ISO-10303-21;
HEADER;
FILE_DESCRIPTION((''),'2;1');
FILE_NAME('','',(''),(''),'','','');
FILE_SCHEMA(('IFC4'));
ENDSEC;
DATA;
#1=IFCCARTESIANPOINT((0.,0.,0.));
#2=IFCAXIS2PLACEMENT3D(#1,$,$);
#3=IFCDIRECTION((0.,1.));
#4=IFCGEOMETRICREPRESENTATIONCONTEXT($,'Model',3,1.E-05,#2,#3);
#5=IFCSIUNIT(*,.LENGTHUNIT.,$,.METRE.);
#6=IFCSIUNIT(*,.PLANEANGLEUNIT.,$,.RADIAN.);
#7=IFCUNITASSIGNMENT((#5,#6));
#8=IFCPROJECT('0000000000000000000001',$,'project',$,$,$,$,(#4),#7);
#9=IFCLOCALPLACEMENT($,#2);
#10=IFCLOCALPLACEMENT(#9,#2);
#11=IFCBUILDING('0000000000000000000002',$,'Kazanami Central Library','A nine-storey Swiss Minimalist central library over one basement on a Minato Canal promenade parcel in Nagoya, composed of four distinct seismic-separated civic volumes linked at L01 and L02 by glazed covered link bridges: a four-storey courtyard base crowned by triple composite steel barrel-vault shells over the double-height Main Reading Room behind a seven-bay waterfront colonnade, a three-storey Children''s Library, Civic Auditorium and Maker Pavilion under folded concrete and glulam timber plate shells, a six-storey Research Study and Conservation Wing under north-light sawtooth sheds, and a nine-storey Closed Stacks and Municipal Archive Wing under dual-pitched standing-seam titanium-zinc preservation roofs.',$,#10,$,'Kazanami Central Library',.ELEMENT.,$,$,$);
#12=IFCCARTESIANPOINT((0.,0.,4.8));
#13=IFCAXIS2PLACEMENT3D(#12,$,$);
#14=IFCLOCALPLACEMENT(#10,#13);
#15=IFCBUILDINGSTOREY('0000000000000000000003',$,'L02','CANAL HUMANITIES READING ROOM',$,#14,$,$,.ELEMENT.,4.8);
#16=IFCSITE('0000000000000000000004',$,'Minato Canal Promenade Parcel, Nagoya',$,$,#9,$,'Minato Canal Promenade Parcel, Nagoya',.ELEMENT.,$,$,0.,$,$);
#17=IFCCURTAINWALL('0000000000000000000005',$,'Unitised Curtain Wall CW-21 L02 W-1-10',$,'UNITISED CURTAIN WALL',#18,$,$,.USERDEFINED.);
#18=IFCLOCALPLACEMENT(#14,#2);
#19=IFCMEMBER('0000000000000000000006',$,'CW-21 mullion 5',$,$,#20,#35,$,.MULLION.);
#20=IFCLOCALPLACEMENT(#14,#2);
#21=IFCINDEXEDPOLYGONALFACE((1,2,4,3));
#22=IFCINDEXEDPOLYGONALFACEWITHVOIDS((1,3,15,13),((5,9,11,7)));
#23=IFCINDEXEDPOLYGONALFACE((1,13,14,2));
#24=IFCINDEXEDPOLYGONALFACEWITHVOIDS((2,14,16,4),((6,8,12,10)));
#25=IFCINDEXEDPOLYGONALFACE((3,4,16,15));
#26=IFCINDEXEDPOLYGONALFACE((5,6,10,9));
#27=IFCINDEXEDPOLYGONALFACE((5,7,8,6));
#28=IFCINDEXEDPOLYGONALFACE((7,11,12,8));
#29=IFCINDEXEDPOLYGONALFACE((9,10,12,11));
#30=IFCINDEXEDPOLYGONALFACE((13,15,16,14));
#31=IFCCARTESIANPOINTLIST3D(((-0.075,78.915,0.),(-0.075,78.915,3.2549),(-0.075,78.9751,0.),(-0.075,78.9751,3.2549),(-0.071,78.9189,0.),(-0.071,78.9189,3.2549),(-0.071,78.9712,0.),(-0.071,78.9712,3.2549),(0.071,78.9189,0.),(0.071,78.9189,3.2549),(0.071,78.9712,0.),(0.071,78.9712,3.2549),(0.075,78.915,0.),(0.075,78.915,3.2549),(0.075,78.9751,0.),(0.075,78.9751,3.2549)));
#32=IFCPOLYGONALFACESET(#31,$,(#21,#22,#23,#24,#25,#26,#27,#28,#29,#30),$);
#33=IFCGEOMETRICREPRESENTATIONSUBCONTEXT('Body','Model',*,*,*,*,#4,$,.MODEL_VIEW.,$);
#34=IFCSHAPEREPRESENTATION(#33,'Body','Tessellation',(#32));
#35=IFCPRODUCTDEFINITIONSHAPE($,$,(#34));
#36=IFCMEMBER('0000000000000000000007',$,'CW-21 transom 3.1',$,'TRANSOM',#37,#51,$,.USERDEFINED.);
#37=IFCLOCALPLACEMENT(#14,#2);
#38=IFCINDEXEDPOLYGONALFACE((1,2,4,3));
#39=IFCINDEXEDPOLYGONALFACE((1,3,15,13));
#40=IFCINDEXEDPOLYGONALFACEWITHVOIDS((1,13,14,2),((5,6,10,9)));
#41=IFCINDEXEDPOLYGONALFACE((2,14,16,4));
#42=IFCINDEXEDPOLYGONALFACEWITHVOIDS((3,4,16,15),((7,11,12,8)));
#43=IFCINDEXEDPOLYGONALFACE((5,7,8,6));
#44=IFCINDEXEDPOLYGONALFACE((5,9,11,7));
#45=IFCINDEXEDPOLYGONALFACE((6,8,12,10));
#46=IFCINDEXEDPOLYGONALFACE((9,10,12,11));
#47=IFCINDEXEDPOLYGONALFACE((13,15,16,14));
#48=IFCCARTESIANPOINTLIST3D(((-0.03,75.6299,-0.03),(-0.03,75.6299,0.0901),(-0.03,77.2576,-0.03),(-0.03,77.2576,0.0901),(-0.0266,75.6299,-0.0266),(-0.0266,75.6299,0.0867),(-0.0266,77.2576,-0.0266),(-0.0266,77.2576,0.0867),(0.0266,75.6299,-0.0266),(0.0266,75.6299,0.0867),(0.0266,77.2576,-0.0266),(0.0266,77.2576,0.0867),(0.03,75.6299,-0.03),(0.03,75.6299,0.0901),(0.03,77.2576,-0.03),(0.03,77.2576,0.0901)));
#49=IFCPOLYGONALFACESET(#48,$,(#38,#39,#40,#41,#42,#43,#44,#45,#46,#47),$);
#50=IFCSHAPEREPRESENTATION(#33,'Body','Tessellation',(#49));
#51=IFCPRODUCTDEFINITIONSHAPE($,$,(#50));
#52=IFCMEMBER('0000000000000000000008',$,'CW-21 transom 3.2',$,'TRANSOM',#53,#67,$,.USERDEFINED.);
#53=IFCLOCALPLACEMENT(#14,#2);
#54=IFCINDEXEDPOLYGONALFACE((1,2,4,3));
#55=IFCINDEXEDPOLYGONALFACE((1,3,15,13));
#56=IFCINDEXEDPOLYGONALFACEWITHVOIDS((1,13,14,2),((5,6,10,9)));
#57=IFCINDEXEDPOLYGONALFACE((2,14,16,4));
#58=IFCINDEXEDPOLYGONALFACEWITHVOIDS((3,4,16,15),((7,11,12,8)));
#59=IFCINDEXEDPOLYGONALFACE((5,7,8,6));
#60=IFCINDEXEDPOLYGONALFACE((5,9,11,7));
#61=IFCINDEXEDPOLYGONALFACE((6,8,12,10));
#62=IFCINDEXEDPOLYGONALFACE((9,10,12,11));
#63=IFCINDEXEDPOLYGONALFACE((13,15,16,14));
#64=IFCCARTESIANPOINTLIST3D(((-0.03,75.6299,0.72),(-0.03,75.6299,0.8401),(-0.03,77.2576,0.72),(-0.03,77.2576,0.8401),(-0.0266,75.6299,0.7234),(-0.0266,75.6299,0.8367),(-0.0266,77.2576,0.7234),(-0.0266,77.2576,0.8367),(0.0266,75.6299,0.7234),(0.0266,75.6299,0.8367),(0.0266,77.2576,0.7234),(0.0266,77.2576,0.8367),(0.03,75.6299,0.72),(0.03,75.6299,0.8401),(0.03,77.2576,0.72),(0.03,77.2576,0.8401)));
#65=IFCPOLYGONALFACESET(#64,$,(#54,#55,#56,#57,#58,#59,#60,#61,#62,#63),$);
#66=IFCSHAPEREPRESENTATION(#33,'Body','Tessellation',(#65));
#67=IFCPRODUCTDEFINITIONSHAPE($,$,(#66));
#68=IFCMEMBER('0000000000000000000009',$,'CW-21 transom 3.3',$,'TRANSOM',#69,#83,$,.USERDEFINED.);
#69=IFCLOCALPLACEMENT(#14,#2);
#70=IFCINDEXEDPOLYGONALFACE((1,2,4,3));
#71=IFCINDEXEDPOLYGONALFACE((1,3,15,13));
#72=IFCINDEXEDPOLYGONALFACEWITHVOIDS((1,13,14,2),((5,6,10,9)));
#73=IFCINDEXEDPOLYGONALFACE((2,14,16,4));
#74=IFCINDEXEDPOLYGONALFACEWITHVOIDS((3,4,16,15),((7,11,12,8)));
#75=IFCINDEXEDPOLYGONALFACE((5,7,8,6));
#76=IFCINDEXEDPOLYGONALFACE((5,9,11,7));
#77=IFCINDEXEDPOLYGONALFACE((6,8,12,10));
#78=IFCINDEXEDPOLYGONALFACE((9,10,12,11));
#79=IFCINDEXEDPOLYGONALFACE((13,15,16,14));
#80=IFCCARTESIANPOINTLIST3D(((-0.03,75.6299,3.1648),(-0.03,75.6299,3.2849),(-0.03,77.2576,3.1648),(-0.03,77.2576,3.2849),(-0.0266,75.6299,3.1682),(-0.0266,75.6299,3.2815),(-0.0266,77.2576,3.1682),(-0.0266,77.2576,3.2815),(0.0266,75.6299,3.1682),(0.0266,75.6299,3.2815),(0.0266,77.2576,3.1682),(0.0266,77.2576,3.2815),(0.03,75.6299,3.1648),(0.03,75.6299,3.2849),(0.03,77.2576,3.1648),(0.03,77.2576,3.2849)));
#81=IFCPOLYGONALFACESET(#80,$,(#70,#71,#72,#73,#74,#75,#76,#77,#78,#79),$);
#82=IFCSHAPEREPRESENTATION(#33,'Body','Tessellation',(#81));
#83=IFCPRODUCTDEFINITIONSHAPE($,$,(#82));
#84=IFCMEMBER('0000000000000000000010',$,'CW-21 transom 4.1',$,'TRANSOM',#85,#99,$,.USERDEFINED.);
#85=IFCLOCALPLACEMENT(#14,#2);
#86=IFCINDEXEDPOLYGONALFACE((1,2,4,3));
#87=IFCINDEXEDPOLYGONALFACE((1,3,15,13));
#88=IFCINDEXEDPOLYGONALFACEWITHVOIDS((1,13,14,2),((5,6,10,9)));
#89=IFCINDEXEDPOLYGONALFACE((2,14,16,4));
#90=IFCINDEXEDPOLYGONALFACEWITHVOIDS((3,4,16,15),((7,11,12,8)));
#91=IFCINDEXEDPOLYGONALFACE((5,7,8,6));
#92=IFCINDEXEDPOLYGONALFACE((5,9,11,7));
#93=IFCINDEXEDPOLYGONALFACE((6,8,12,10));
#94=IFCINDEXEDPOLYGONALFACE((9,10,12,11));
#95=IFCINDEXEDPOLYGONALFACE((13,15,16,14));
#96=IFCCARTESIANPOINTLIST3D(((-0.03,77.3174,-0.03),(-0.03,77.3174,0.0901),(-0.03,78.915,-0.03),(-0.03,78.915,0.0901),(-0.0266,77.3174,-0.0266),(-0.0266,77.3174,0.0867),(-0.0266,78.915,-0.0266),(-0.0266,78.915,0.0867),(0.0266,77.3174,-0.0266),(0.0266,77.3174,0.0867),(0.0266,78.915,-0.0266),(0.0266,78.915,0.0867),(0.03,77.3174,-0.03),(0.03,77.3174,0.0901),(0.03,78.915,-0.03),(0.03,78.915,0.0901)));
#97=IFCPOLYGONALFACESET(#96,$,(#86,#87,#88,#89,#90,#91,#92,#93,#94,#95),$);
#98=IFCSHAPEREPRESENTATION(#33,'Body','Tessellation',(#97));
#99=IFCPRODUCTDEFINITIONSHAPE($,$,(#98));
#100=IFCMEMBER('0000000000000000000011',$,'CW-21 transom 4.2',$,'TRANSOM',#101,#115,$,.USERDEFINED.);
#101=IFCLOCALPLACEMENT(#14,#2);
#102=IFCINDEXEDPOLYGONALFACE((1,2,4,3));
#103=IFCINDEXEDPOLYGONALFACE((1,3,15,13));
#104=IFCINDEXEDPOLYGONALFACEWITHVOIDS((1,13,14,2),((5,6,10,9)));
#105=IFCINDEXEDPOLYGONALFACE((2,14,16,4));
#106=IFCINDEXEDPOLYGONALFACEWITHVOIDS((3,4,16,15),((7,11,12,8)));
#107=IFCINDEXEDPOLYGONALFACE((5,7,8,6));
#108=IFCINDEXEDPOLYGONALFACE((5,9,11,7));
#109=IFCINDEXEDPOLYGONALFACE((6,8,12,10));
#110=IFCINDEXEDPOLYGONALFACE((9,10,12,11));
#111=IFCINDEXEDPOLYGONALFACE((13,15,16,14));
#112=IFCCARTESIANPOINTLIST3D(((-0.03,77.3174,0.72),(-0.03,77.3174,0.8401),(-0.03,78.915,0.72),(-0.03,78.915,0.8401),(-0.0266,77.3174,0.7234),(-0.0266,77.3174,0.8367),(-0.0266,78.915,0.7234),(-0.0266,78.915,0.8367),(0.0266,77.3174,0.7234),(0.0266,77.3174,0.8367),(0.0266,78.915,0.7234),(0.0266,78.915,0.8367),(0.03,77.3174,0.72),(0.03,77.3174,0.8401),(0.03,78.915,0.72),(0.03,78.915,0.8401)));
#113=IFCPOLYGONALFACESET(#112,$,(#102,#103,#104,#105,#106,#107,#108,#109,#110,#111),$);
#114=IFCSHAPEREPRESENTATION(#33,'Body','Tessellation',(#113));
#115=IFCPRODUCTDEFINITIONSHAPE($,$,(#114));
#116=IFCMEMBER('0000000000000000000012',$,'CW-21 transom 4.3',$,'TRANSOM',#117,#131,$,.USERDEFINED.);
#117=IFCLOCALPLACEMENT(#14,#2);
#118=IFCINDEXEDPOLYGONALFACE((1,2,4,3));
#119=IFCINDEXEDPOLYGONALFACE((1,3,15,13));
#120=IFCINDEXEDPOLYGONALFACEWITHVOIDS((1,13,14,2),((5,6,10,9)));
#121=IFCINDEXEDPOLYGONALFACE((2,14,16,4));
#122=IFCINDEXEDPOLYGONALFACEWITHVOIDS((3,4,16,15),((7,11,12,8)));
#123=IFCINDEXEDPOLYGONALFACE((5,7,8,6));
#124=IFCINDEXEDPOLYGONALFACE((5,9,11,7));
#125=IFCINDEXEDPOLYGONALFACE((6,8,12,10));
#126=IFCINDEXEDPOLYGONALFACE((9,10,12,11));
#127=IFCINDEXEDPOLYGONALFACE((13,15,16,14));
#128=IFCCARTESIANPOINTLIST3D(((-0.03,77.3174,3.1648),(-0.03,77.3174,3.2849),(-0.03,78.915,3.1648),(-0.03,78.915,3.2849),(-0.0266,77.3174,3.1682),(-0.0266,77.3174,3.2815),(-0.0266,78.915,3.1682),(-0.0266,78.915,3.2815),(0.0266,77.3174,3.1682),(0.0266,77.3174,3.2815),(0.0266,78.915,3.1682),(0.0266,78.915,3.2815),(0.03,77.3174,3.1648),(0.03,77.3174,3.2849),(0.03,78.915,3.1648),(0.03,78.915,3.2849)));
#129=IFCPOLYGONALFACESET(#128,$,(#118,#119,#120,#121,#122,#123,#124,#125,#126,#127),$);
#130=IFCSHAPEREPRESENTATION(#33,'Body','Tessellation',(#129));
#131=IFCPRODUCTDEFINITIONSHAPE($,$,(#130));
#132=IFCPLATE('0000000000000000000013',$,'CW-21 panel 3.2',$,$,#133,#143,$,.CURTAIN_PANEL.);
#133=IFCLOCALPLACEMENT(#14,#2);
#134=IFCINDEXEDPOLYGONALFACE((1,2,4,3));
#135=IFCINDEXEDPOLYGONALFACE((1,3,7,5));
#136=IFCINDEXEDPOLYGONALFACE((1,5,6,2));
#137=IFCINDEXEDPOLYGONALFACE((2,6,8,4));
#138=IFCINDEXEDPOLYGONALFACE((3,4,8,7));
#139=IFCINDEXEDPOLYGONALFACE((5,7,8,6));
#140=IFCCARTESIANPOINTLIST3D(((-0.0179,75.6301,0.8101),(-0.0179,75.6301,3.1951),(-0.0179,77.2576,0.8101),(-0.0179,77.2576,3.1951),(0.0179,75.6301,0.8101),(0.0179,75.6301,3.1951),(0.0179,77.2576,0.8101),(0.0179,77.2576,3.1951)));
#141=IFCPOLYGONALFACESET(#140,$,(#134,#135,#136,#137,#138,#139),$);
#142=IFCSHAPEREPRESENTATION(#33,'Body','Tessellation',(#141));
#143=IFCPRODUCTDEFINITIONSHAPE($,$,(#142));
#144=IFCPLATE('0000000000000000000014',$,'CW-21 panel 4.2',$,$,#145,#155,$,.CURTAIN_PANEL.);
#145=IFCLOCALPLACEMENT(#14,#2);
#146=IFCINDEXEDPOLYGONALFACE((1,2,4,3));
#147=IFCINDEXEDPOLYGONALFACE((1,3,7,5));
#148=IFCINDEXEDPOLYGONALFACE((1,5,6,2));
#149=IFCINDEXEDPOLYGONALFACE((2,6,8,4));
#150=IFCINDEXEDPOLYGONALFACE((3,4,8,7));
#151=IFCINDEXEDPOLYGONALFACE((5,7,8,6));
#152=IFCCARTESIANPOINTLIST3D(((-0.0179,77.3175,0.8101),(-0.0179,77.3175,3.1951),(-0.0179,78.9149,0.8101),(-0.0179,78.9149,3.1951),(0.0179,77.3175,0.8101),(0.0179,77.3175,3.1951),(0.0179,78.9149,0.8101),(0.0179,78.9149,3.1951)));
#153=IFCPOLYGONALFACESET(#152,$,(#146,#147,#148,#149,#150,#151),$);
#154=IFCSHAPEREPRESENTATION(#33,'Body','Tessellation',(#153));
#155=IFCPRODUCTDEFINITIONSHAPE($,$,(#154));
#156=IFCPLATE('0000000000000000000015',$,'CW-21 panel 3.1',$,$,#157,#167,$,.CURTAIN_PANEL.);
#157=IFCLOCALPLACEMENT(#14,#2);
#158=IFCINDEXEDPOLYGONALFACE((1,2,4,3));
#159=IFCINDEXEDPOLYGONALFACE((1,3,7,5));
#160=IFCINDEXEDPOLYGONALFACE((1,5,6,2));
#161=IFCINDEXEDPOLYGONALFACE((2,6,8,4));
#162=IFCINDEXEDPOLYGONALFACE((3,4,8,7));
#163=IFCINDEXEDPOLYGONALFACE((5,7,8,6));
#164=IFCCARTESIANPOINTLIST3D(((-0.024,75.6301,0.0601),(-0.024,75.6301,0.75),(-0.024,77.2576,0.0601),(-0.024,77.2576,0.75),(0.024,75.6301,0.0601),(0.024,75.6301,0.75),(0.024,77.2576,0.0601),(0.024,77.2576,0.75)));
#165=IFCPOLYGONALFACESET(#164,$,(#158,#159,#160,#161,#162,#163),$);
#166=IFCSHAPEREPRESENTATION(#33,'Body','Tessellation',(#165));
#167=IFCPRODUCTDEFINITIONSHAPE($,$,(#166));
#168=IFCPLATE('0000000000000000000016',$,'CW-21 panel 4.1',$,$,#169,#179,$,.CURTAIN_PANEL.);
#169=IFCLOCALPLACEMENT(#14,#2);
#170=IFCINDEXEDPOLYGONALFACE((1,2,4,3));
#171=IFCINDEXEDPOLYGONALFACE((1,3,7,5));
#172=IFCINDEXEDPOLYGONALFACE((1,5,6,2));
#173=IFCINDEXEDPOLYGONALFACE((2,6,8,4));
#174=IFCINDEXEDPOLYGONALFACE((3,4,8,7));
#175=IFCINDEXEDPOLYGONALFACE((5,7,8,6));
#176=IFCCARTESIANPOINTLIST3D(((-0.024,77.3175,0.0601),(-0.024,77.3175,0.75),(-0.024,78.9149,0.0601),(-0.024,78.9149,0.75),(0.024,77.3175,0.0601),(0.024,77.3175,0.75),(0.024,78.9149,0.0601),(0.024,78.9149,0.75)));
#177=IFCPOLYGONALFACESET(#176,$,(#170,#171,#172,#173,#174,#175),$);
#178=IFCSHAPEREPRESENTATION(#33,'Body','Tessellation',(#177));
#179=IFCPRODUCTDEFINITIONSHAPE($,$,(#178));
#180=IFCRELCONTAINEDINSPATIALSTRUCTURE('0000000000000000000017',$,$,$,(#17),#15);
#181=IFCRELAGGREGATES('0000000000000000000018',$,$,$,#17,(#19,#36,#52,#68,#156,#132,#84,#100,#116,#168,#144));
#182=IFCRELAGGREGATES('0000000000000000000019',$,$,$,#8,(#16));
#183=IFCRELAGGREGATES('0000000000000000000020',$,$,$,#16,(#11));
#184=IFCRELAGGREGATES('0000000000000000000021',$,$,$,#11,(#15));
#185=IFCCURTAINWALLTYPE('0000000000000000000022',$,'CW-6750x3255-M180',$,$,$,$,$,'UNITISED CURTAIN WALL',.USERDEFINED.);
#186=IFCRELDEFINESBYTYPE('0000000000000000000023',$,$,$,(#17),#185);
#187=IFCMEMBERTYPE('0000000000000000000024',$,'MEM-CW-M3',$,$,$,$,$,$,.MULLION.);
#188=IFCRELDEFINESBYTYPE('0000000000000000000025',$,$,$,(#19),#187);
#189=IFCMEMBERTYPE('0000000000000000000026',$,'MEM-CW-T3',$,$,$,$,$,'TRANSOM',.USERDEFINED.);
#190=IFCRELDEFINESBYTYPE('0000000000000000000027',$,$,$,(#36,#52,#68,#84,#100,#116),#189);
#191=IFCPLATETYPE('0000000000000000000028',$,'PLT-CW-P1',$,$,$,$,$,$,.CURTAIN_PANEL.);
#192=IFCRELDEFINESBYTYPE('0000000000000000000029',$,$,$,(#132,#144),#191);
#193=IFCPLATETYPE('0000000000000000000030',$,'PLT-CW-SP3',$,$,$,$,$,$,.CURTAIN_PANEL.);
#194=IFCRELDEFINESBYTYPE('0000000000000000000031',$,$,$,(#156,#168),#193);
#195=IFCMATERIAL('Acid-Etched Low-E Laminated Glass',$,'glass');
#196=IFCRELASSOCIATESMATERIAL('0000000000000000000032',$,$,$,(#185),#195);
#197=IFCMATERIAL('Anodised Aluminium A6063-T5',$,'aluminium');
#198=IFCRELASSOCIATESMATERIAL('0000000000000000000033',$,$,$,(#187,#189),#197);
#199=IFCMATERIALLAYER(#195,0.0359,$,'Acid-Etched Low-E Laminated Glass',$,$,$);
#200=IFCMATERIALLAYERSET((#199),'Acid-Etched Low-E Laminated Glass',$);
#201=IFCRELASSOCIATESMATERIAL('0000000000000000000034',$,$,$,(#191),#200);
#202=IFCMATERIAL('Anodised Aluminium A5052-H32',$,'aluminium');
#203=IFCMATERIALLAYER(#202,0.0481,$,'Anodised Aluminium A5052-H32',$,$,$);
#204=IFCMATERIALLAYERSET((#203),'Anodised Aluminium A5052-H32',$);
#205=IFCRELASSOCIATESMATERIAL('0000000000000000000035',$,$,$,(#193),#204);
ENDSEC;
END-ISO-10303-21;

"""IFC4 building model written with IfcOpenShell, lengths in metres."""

from ifc_helpers import new_model, si_unit, direction, frame, origin, origin_2d, place, context, subcontext, project, spatial, rectangle, hollow_rectangle, extrude, material, layer, layer_set, material_profile, profile_set, type_object, element, aggregate, save


model = new_model("IFC4")

# Units and contexts
model_context = context("Model", 3, precision=1e-05, world=origin(), true_north=direction((0.0, 1.0)))
body_context = subcontext(model_context, "Body", "Model", "MODEL_VIEW")
ifc_project = project(units=[si_unit("LENGTHUNIT", "METRE"), si_unit("PLANEANGLEUNIT", "RADIAN")], contexts=[model_context])

# Site, building, storey
site_placement = place(None, origin())
site = spatial("IfcSite", under=ifc_project, at=site_placement, Name="Minato Canal Promenade Parcel, Nagoya", LongName="Minato Canal Promenade Parcel, Nagoya", CompositionType="ELEMENT", RefElevation=0.0)
building_placement = place(site_placement, origin())
building = spatial("IfcBuilding", under=site, at=building_placement, Name="Kazanami Central Library", Description="A nine-storey Swiss Minimalist central library over one basement on a Minato Canal promenade parcel in Nagoya, composed of four distinct seismic-separated civic volumes linked at L01 and L02 by glazed covered link bridges: a four-storey courtyard base crowned by triple composite steel barrel-vault shells over the double-height Main Reading Room behind a seven-bay waterfront colonnade, a three-storey Children's Library, Civic Auditorium and Maker Pavilion under folded concrete and glulam timber plate shells, a six-storey Research Study and Conservation Wing under north-light sawtooth sheds, and a nine-storey Closed Stacks and Municipal Archive Wing under dual-pitched standing-seam titanium-zinc preservation roofs.", LongName="Kazanami Central Library", CompositionType="ELEMENT")
storey_placement = place(building_placement, frame((0.0, 0.0, 4.8)))
storey = spatial("IfcBuildingStorey", under=building, at=storey_placement, Name="L02", Description="CANAL HUMANITIES READING ROOM", CompositionType="ELEMENT", Elevation=4.8)

# Curtain wall, members, plates
ifc_material_1 = material(Name="Acid-Etched Low-E Laminated Glass", Category="glass")
curtain_wall_type = type_object("IfcCurtainWallType", Name="CW-6750x3255-M180", ElementType="UNITISED CURTAIN WALL", PredefinedType="USERDEFINED", material=ifc_material_1)
curtain_wall_placement = place(storey_placement, origin())
curtain_wall = element("IfcCurtainWall", 1, at=curtain_wall_placement, inside=storey, type_object=curtain_wall_type, Name="Unitised Curtain Wall CW-21 L02 W-1-10", ObjectType="UNITISED CURTAIN WALL", PredefinedType="USERDEFINED")
ifc_material_2 = material(Name="Anodised Aluminium A6063-T5", Category="aluminium")
ifc_material_profile_1 = material_profile(ifc_material_2, hollow_rectangle(XDim=0.0601, YDim=0.1499, WallThickness=0.0039, at=origin_2d()), Name="ALU-MULL-60x150x4")
ifc_profile_set_1 = profile_set([ifc_material_profile_1], Name="Anodised Aluminium A6063-T5")
member_type_1 = type_object("IfcMemberType", Name="MEM-CW-M3", PredefinedType="MULLION", material=ifc_profile_set_1)
member_1_placement = place(storey_placement, frame((0.0, 78.9451, 0.0), z_axis=(0.0, 0.0, 1.0), x_axis=(0.0, 1.0, 0.0)))
member_1 = element("IfcMember", 2, at=member_1_placement, type_object=member_type_1, Name="CW-21 mullion 5", PredefinedType="MULLION", context=body_context, shape_type="SweptSolid", body=[
    extrude(hollow_rectangle(XDim=0.0601, YDim=0.1499, WallThickness=0.0039, at=origin_2d()), origin(), (0.0, 0.0, 1.0), 3.2549),
])
ifc_material_profile_2 = material_profile(ifc_material_2, hollow_rectangle(XDim=0.0601, YDim=0.1201, WallThickness=0.0034, at=origin_2d()), Name="ALU-TRAN-60x120x3.5")
ifc_profile_set_2 = profile_set([ifc_material_profile_2], Name="Anodised Aluminium A6063-T5")
member_type_2 = type_object("IfcMemberType", Name="MEM-CW-T3", ElementType="TRANSOM", PredefinedType="USERDEFINED", material=ifc_profile_set_2)
member_2_placement = place(storey_placement, frame((0.0, 75.6299, 0.03), z_axis=(0.0, 1.0, 0.0), x_axis=(-1.0, 0.0, 0.0)))
member_2 = element("IfcMember", 3, at=member_2_placement, type_object=member_type_2, Name="CW-21 transom 3.1", ObjectType="TRANSOM", PredefinedType="USERDEFINED", context=body_context, shape_type="SweptSolid", body=[
    extrude(hollow_rectangle(XDim=0.0601, YDim=0.1201, WallThickness=0.0034, at=origin_2d()), origin(), (0.0, 0.0, 1.0), 1.6277),
])
member_3_placement = place(storey_placement, frame((0.0, 75.6299, 0.78), z_axis=(0.0, 1.0, 0.0), x_axis=(-1.0, 0.0, 0.0)))
member_3 = element("IfcMember", 4, at=member_3_placement, type_object=member_type_2, Name="CW-21 transom 3.2", ObjectType="TRANSOM", PredefinedType="USERDEFINED", context=body_context, shape_type="SweptSolid", body=[
    extrude(hollow_rectangle(XDim=0.0601, YDim=0.1201, WallThickness=0.0034, at=origin_2d()), origin(), (0.0, 0.0, 1.0), 1.6277),
])
member_4_placement = place(storey_placement, frame((0.0, 75.6299, 3.2249), z_axis=(0.0, 1.0, 0.0), x_axis=(-1.0, 0.0, 0.0)))
member_4 = element("IfcMember", 5, at=member_4_placement, type_object=member_type_2, Name="CW-21 transom 3.3", ObjectType="TRANSOM", PredefinedType="USERDEFINED", context=body_context, shape_type="SweptSolid", body=[
    extrude(hollow_rectangle(XDim=0.0601, YDim=0.1201, WallThickness=0.0034, at=origin_2d()), origin(), (0.0, 0.0, 1.0), 1.6277),
])
member_5_placement = place(storey_placement, frame((0.0, 77.3174, 0.03), z_axis=(0.0, 1.0, 0.0), x_axis=(-1.0, 0.0, 0.0)))
member_5 = element("IfcMember", 6, at=member_5_placement, type_object=member_type_2, Name="CW-21 transom 4.1", ObjectType="TRANSOM", PredefinedType="USERDEFINED", context=body_context, shape_type="SweptSolid", body=[
    extrude(hollow_rectangle(XDim=0.0601, YDim=0.1201, WallThickness=0.0034, at=origin_2d()), origin(), (0.0, 0.0, 1.0), 1.5977),
])
member_6_placement = place(storey_placement, frame((0.0, 77.3174, 0.78), z_axis=(0.0, 1.0, 0.0), x_axis=(-1.0, 0.0, 0.0)))
member_6 = element("IfcMember", 7, at=member_6_placement, type_object=member_type_2, Name="CW-21 transom 4.2", ObjectType="TRANSOM", PredefinedType="USERDEFINED", context=body_context, shape_type="SweptSolid", body=[
    extrude(hollow_rectangle(XDim=0.0601, YDim=0.1201, WallThickness=0.0034, at=origin_2d()), origin(), (0.0, 0.0, 1.0), 1.5977),
])
member_7_placement = place(storey_placement, frame((0.0, 77.3174, 3.2249), z_axis=(0.0, 1.0, 0.0), x_axis=(-1.0, 0.0, 0.0)))
member_7 = element("IfcMember", 8, at=member_7_placement, type_object=member_type_2, Name="CW-21 transom 4.3", ObjectType="TRANSOM", PredefinedType="USERDEFINED", context=body_context, shape_type="SweptSolid", body=[
    extrude(hollow_rectangle(XDim=0.0601, YDim=0.1201, WallThickness=0.0034, at=origin_2d()), origin(), (0.0, 0.0, 1.0), 1.5977),
])
ifc_layer_1 = layer(ifc_material_1, 0.0359, Name="Acid-Etched Low-E Laminated Glass")
ifc_layer_set_1 = layer_set([ifc_layer_1], Name="Acid-Etched Low-E Laminated Glass")
plate_type_1 = type_object("IfcPlateType", Name="PLT-CW-P1", PredefinedType="CURTAIN_PANEL", material=ifc_layer_set_1)
plate_1_placement = place(storey_placement, frame((0.0, 76.4438, 0.8101), z_axis=(0.0, 0.0, 1.0), x_axis=(0.0, 1.0, 0.0)))
plate_1 = element("IfcPlate", 9, at=plate_1_placement, type_object=plate_type_1, Name="CW-21 panel 3.2", PredefinedType="CURTAIN_PANEL", context=body_context, shape_type="SweptSolid", body=[
    extrude(rectangle(XDim=1.6274, YDim=0.0359, at=origin_2d()), origin(), (0.0, 0.0, 1.0), 2.385),
])
plate_2_placement = place(storey_placement, frame((0.0, 78.1162, 0.8101), z_axis=(0.0, 0.0, 1.0), x_axis=(0.0, 1.0, 0.0)))
plate_2 = element("IfcPlate", 10, at=plate_2_placement, type_object=plate_type_1, Name="CW-21 panel 4.2", PredefinedType="CURTAIN_PANEL", context=body_context, shape_type="SweptSolid", body=[
    extrude(rectangle(XDim=1.5974, YDim=0.0359, at=origin_2d()), origin(), (0.0, 0.0, 1.0), 2.385),
])
ifc_material_3 = material(Name="Anodised Aluminium A5052-H32", Category="aluminium")
ifc_layer_2 = layer(ifc_material_3, 0.0481, Name="Anodised Aluminium A5052-H32")
ifc_layer_set_2 = layer_set([ifc_layer_2], Name="Anodised Aluminium A5052-H32")
plate_type_2 = type_object("IfcPlateType", Name="PLT-CW-SP3", PredefinedType="CURTAIN_PANEL", material=ifc_layer_set_2)
plate_3_placement = place(storey_placement, frame((0.0, 76.4438, 0.0601), z_axis=(0.0, 0.0, 1.0), x_axis=(0.0, 1.0, 0.0)))
plate_3 = element("IfcPlate", 11, at=plate_3_placement, type_object=plate_type_2, Name="CW-21 panel 3.1", PredefinedType="CURTAIN_PANEL", context=body_context, shape_type="SweptSolid", body=[
    extrude(rectangle(XDim=1.6274, YDim=0.0481, at=origin_2d()), origin(), (0.0, 0.0, 1.0), 0.6899),
])
plate_4_placement = place(storey_placement, frame((0.0, 78.1162, 0.0601), z_axis=(0.0, 0.0, 1.0), x_axis=(0.0, 1.0, 0.0)))
plate_4 = element("IfcPlate", 12, at=plate_4_placement, type_object=plate_type_2, Name="CW-21 panel 4.1", PredefinedType="CURTAIN_PANEL", context=body_context, shape_type="SweptSolid", body=[
    extrude(rectangle(XDim=1.5974, YDim=0.0481, at=origin_2d()), origin(), (0.0, 0.0, 1.0), 0.6899),
])
aggregate(curtain_wall, [member_1, member_2, member_3, member_4, plate_3, plate_1, member_5, member_6, member_7, plate_4, plate_2])

save(model, "model.ifc")
